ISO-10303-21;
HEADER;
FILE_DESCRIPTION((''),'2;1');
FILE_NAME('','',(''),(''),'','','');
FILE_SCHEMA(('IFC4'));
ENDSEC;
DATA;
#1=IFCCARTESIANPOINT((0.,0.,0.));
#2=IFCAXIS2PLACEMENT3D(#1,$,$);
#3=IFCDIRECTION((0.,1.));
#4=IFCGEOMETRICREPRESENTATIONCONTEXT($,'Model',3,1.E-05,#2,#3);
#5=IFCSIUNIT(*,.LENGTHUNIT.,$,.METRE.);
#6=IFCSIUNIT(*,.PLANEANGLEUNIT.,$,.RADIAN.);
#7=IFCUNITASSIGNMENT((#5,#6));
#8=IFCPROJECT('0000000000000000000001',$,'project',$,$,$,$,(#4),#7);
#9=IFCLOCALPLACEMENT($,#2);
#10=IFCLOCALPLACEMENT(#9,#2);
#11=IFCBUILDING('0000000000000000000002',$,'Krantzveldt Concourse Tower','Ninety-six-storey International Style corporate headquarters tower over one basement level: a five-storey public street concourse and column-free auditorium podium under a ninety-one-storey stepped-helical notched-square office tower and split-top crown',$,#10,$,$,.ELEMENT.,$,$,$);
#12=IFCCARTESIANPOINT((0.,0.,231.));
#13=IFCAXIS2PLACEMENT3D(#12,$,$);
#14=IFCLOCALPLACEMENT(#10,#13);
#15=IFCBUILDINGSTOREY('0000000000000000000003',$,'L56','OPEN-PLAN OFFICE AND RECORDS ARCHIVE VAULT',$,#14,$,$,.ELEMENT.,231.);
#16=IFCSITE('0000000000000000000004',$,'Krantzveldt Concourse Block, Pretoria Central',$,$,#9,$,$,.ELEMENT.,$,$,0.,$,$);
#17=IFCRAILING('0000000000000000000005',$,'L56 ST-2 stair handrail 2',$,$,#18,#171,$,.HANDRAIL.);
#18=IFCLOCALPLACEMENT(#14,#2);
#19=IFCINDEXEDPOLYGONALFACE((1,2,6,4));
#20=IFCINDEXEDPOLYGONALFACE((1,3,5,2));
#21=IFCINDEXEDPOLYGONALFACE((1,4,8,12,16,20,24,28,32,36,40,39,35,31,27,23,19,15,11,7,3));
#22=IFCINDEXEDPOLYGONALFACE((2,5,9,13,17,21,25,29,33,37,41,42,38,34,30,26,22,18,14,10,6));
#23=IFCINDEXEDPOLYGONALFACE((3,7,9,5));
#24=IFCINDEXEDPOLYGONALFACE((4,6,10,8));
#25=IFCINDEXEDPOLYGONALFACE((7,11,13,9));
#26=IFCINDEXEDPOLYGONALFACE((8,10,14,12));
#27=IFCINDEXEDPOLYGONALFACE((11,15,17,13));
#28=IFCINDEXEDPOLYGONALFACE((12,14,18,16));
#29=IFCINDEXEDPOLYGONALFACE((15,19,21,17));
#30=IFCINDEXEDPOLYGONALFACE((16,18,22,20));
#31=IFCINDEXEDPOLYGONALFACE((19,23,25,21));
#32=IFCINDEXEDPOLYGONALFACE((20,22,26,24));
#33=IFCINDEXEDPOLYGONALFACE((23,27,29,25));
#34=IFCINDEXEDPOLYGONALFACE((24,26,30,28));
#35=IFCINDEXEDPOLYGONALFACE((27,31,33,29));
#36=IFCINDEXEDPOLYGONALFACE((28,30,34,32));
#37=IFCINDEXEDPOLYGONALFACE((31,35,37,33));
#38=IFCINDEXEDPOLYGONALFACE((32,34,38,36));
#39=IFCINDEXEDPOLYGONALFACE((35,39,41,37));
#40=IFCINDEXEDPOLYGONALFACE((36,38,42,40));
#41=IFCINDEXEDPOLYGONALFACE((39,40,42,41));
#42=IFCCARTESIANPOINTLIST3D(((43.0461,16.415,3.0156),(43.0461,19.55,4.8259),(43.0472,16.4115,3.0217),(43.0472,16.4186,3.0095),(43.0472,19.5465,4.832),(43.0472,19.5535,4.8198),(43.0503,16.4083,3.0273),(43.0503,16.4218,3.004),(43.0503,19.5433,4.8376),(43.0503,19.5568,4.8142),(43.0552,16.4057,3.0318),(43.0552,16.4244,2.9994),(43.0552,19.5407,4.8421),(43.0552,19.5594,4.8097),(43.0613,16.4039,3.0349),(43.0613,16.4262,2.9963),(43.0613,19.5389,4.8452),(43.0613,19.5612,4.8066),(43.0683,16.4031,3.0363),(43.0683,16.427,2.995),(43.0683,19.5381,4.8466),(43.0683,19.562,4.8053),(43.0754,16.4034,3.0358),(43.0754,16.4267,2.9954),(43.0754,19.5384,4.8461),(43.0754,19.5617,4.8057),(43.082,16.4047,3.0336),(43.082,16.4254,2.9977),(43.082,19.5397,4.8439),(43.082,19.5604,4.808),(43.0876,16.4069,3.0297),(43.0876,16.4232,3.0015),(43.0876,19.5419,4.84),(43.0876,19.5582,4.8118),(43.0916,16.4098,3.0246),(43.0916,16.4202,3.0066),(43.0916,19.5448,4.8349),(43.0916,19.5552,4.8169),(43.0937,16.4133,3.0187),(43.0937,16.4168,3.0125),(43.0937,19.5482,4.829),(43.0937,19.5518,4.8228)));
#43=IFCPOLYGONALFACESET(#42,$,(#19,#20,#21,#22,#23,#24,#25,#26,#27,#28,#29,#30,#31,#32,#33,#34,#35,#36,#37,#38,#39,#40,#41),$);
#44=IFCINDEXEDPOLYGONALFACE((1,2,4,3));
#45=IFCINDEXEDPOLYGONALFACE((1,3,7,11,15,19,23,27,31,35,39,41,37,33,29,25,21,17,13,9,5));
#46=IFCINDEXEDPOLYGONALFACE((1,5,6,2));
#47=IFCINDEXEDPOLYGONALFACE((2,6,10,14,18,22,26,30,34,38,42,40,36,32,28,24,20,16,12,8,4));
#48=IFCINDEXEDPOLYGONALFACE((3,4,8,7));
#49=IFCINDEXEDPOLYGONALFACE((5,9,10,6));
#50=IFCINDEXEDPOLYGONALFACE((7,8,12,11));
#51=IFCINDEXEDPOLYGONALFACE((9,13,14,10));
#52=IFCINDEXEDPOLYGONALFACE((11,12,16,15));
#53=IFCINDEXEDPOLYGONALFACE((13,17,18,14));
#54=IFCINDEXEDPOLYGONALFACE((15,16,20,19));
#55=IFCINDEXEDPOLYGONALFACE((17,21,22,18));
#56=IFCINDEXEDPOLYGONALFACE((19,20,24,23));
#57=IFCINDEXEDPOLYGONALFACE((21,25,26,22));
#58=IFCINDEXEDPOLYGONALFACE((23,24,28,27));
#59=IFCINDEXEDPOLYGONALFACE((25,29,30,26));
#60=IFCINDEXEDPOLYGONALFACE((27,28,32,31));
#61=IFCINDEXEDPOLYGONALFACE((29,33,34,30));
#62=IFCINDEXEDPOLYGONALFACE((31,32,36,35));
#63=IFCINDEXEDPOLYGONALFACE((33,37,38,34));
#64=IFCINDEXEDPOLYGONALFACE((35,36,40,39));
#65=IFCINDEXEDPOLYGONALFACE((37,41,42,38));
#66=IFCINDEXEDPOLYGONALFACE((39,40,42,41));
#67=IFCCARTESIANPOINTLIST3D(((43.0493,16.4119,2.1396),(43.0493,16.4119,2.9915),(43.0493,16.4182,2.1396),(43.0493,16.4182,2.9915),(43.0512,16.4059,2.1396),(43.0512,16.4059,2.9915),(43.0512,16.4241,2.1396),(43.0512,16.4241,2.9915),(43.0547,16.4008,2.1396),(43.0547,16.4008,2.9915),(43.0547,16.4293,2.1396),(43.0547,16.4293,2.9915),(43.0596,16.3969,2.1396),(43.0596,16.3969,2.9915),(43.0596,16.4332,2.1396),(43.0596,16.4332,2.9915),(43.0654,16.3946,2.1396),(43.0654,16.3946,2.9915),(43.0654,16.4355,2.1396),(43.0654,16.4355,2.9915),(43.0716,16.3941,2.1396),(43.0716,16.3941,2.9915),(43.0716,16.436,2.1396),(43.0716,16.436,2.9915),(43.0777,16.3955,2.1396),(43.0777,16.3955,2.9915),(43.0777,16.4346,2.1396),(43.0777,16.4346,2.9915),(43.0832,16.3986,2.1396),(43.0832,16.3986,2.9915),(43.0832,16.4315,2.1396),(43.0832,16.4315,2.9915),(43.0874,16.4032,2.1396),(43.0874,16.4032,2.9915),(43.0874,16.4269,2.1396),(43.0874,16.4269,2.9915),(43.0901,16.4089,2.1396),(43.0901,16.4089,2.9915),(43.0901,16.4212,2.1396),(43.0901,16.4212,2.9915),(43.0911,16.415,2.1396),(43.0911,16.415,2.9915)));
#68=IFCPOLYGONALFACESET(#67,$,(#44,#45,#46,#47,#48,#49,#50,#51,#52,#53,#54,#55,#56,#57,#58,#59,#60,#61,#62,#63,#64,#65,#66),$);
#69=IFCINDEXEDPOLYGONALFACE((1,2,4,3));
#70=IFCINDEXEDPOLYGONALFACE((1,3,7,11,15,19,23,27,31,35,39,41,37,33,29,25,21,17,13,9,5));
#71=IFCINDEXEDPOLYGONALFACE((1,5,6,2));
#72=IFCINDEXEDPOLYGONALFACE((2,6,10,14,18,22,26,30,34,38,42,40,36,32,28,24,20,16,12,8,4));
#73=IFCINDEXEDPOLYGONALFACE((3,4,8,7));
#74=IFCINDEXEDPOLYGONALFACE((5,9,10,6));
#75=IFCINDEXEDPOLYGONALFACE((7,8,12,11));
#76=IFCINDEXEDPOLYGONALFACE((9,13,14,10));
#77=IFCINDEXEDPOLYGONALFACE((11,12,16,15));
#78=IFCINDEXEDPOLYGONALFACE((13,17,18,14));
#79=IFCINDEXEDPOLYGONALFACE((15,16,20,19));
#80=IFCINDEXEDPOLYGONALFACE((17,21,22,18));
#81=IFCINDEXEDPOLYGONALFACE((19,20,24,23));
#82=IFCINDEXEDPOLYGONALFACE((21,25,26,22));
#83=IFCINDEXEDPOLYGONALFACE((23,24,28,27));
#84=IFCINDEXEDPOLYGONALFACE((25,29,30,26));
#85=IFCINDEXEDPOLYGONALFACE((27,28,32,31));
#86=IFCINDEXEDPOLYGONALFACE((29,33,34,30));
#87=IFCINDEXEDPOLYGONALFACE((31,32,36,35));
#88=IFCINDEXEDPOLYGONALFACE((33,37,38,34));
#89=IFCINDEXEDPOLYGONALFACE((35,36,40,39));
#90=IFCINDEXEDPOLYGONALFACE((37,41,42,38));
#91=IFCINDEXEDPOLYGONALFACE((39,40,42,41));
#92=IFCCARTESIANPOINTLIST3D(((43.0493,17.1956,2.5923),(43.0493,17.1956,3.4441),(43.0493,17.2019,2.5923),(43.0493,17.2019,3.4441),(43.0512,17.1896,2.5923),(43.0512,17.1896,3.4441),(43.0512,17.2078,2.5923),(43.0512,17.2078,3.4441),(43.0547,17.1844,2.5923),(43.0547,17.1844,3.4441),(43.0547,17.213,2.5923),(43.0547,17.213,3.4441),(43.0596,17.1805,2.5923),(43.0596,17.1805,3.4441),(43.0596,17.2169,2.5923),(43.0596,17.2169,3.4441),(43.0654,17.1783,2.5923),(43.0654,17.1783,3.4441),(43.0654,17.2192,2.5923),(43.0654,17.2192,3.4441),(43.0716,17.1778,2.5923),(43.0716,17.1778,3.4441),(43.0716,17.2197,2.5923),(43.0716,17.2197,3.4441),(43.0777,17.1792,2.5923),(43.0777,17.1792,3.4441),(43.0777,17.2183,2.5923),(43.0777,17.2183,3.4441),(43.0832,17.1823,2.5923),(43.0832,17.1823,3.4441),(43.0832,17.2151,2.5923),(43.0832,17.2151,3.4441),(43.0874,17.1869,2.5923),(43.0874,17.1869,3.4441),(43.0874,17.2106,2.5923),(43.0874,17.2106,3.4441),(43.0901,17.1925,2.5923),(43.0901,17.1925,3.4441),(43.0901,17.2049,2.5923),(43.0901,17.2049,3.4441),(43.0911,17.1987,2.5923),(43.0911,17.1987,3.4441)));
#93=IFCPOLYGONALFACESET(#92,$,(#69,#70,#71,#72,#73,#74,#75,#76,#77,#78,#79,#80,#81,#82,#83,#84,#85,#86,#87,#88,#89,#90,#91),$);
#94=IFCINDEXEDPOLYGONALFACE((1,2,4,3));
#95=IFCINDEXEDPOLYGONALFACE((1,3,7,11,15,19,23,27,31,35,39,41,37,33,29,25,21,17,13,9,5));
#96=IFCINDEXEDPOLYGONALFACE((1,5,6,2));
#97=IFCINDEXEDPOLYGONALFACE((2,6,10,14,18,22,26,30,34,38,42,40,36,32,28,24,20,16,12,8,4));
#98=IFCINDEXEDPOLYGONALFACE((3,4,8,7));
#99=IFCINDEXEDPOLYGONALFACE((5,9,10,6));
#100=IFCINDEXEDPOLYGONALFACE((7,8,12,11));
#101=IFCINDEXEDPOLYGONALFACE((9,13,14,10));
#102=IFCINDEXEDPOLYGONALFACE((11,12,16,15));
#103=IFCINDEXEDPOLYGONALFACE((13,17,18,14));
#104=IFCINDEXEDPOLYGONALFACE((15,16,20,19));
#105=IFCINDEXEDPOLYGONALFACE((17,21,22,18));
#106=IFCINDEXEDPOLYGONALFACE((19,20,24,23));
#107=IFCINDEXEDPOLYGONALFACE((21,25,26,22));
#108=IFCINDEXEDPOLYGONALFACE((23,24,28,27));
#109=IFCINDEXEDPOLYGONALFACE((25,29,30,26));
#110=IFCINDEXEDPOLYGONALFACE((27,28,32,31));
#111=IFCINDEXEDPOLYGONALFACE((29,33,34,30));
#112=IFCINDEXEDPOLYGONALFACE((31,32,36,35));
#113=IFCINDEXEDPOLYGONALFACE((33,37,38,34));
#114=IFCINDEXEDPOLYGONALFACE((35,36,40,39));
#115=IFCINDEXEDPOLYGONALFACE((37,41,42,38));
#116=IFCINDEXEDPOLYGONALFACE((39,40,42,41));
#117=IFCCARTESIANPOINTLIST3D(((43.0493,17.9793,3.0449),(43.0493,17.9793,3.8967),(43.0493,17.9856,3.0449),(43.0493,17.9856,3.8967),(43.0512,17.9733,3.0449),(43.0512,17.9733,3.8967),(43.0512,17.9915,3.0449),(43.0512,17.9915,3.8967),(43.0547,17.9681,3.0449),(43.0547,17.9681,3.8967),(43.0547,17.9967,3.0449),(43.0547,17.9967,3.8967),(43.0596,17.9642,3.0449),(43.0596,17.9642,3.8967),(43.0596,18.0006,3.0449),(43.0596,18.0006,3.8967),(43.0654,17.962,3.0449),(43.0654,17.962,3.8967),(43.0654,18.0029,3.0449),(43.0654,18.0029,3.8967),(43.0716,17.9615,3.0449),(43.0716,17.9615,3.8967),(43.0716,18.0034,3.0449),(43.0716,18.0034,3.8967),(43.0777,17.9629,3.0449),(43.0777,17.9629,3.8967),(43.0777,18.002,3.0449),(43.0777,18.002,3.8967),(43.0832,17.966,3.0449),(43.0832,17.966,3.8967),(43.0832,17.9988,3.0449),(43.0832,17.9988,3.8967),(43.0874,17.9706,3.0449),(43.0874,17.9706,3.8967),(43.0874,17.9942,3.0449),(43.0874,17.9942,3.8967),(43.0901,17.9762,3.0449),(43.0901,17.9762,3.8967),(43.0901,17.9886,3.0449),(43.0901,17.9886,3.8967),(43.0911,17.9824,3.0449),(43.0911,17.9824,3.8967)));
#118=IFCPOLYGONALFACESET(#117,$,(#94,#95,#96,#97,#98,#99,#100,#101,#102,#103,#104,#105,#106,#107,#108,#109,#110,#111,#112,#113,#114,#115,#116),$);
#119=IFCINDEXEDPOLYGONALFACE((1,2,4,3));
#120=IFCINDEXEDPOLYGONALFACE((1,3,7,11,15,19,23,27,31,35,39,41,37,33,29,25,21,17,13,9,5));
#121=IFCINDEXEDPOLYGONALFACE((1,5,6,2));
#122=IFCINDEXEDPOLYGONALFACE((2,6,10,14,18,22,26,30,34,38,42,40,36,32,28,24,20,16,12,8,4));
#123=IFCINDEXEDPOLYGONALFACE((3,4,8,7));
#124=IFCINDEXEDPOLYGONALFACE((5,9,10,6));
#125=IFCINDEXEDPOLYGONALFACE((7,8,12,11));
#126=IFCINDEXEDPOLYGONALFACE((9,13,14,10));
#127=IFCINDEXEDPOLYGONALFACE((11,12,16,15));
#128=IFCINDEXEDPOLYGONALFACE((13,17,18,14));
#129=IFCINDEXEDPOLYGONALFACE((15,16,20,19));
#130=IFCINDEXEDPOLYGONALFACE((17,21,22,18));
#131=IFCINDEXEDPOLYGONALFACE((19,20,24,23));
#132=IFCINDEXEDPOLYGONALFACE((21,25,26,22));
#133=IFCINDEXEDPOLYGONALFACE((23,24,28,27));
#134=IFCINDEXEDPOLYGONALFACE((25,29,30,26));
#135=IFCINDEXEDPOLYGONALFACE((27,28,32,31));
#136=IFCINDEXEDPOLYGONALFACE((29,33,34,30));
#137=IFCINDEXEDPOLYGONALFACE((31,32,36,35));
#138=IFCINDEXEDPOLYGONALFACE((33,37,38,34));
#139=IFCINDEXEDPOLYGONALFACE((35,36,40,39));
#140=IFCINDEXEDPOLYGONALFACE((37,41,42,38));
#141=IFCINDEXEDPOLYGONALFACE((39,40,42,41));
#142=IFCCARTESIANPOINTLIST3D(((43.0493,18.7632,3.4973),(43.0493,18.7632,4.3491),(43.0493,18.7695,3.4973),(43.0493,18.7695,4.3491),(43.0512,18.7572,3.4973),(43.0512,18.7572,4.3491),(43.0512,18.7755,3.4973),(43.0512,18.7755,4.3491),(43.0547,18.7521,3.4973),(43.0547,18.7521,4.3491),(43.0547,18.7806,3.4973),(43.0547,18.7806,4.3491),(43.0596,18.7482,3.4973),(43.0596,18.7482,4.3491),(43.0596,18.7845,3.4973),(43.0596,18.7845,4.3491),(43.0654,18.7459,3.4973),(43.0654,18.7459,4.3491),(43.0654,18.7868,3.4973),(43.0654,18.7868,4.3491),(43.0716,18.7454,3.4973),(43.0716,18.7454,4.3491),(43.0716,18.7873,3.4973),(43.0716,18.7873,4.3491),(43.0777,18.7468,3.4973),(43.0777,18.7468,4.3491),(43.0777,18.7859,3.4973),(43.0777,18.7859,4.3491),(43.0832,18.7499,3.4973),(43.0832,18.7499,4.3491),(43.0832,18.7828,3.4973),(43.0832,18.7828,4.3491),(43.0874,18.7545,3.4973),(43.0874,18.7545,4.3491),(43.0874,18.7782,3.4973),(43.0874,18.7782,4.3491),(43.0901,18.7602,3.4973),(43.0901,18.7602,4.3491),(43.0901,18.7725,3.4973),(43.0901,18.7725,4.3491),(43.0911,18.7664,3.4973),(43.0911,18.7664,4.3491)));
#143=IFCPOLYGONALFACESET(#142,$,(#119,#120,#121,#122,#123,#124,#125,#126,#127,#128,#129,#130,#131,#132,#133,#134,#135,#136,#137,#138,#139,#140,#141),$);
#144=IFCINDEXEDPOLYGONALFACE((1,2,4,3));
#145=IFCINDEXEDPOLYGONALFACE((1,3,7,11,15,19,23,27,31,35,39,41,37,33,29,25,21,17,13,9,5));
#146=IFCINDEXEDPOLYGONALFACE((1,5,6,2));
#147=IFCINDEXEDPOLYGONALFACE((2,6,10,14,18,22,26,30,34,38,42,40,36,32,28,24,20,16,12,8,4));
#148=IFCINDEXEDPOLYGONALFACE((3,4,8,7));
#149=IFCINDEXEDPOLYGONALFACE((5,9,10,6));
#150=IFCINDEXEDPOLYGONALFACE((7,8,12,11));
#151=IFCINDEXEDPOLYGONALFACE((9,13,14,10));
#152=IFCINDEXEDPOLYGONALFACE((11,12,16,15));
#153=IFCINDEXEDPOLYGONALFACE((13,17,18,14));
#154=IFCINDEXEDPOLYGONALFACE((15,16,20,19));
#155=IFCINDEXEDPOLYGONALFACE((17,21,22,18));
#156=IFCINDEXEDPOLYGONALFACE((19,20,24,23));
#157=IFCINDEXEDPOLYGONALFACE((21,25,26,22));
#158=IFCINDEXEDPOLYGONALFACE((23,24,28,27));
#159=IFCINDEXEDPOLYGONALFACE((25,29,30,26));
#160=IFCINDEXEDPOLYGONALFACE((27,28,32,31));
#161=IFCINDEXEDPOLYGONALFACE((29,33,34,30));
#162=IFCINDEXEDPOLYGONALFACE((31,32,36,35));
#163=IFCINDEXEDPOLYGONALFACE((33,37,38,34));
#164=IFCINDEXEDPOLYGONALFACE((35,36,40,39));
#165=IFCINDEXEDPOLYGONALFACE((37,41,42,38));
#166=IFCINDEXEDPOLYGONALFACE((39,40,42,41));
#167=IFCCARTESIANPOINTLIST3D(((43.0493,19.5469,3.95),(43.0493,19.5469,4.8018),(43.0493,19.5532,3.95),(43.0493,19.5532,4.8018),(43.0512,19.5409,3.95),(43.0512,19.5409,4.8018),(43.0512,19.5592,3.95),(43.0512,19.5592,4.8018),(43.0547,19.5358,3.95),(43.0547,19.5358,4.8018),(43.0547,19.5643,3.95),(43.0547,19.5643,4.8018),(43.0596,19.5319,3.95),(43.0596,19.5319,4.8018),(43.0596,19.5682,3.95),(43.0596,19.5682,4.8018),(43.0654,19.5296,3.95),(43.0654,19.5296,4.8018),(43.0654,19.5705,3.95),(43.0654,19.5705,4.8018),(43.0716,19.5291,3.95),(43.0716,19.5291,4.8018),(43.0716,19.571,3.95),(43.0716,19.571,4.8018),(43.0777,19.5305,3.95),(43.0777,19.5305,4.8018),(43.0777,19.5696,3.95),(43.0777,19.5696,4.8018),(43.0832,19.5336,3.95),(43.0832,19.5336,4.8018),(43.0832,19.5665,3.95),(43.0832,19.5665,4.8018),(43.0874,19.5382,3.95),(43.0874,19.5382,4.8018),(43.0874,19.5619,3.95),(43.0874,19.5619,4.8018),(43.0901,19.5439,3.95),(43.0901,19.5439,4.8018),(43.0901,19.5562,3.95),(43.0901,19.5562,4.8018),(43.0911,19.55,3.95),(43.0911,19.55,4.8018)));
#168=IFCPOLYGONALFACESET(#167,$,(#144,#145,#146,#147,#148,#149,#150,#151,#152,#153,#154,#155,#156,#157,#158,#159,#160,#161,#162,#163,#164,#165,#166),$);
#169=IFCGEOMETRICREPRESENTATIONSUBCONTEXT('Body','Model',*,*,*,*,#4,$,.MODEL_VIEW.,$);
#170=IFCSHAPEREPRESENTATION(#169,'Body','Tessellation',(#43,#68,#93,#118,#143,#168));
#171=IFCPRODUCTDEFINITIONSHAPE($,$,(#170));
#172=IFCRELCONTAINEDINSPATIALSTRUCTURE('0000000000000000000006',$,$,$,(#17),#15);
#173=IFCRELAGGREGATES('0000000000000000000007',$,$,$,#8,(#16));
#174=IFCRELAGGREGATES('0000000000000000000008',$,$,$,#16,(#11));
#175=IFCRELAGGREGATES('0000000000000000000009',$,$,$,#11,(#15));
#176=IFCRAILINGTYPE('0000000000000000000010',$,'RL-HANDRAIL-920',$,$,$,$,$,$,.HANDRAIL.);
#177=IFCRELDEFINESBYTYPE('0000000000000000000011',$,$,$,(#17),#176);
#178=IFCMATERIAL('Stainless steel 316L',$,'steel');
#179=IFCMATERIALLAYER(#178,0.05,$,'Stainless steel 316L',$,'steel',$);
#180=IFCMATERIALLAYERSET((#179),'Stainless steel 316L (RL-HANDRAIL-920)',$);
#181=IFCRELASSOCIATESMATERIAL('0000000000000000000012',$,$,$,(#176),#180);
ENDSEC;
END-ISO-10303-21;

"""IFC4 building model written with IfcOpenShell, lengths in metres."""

from ifc_helpers import new_model, si_unit, direction, frame, origin, origin_2d, place, context, subcontext, project, spatial, circle, extrude, material, layer, layer_set, type_object, element, save


model = new_model("IFC4")

# Units and contexts
model_context = context("Model", 3, precision=1e-05, world=origin(), true_north=direction((0.0, 1.0)))
body_context = subcontext(model_context, "Body", "Model", "MODEL_VIEW")
ifc_project = project(units=[si_unit("LENGTHUNIT", "METRE"), si_unit("PLANEANGLEUNIT", "RADIAN")], contexts=[model_context])

# Site, building, storey
site_placement = place(None, origin())
site = spatial("IfcSite", under=ifc_project, at=site_placement, Name="Krantzveldt Concourse Block, Pretoria Central", CompositionType="ELEMENT", RefElevation=0.0)
building_placement = place(site_placement, origin())
building = spatial("IfcBuilding", under=site, at=building_placement, Name="Krantzveldt Concourse Tower", Description="Ninety-six-storey International Style corporate headquarters tower over one basement level: a five-storey public street concourse and column-free auditorium podium under a ninety-one-storey stepped-helical notched-square office tower and split-top crown", CompositionType="ELEMENT")
storey_placement = place(building_placement, frame((0.0, 0.0, 231.0)))
storey = spatial("IfcBuildingStorey", under=building, at=storey_placement, Name="L56", Description="OPEN-PLAN OFFICE AND RECORDS ARCHIVE VAULT", CompositionType="ELEMENT", Elevation=231.0)

# Railing
ifc_material_1 = material(Name="Stainless steel 316L", Category="steel")
ifc_layer_1 = layer(ifc_material_1, 0.05, Name="Stainless steel 316L", Category="steel")
ifc_layer_set_1 = layer_set([ifc_layer_1], Name="Stainless steel 316L (RL-HANDRAIL-920)")
railing_type = type_object("IfcRailingType", Name="RL-HANDRAIL-920", PredefinedType="HANDRAIL", material=ifc_layer_set_1)
railing_placement = place(storey_placement, frame((43.0701, 16.415, 2.1396)))
element("IfcRailing", 1, at=railing_placement, inside=storey, type_object=railing_type, Name="L56 ST-2 stair handrail 2", PredefinedType="HANDRAIL", context=body_context, shape_type="SweptSolid", body=[
    extrude(circle(Radius=0.0239, at=origin_2d()), frame((0.0, 0.0, 0.876), z_axis=(0.0, 0.865989, 0.500063), x_axis=(-1.0, 0.0, 0.0)), (0.0, 0.0, 1.0), 3.6201),
    extrude(circle(Radius=0.021, at=origin_2d()), origin(), (0.0, 0.0, 1.0), 0.8518),
    extrude(circle(Radius=0.021, at=origin_2d()), frame((0.0, 0.7837, 0.4526)), (0.0, 0.0, 1.0), 0.8518),
    extrude(circle(Radius=0.021, at=origin_2d()), frame((0.0, 1.5674, 0.9053)), (0.0, 0.0, 1.0), 0.8518),
    extrude(circle(Radius=0.021, at=origin_2d()), frame((0.0, 2.3513, 1.3577)), (0.0, 0.0, 1.0), 0.8518),
    extrude(circle(Radius=0.021, at=origin_2d()), frame((0.0, 3.135, 1.8103)), (0.0, 0.0, 1.0), 0.8518),
])

save(model, "model.ifc")
